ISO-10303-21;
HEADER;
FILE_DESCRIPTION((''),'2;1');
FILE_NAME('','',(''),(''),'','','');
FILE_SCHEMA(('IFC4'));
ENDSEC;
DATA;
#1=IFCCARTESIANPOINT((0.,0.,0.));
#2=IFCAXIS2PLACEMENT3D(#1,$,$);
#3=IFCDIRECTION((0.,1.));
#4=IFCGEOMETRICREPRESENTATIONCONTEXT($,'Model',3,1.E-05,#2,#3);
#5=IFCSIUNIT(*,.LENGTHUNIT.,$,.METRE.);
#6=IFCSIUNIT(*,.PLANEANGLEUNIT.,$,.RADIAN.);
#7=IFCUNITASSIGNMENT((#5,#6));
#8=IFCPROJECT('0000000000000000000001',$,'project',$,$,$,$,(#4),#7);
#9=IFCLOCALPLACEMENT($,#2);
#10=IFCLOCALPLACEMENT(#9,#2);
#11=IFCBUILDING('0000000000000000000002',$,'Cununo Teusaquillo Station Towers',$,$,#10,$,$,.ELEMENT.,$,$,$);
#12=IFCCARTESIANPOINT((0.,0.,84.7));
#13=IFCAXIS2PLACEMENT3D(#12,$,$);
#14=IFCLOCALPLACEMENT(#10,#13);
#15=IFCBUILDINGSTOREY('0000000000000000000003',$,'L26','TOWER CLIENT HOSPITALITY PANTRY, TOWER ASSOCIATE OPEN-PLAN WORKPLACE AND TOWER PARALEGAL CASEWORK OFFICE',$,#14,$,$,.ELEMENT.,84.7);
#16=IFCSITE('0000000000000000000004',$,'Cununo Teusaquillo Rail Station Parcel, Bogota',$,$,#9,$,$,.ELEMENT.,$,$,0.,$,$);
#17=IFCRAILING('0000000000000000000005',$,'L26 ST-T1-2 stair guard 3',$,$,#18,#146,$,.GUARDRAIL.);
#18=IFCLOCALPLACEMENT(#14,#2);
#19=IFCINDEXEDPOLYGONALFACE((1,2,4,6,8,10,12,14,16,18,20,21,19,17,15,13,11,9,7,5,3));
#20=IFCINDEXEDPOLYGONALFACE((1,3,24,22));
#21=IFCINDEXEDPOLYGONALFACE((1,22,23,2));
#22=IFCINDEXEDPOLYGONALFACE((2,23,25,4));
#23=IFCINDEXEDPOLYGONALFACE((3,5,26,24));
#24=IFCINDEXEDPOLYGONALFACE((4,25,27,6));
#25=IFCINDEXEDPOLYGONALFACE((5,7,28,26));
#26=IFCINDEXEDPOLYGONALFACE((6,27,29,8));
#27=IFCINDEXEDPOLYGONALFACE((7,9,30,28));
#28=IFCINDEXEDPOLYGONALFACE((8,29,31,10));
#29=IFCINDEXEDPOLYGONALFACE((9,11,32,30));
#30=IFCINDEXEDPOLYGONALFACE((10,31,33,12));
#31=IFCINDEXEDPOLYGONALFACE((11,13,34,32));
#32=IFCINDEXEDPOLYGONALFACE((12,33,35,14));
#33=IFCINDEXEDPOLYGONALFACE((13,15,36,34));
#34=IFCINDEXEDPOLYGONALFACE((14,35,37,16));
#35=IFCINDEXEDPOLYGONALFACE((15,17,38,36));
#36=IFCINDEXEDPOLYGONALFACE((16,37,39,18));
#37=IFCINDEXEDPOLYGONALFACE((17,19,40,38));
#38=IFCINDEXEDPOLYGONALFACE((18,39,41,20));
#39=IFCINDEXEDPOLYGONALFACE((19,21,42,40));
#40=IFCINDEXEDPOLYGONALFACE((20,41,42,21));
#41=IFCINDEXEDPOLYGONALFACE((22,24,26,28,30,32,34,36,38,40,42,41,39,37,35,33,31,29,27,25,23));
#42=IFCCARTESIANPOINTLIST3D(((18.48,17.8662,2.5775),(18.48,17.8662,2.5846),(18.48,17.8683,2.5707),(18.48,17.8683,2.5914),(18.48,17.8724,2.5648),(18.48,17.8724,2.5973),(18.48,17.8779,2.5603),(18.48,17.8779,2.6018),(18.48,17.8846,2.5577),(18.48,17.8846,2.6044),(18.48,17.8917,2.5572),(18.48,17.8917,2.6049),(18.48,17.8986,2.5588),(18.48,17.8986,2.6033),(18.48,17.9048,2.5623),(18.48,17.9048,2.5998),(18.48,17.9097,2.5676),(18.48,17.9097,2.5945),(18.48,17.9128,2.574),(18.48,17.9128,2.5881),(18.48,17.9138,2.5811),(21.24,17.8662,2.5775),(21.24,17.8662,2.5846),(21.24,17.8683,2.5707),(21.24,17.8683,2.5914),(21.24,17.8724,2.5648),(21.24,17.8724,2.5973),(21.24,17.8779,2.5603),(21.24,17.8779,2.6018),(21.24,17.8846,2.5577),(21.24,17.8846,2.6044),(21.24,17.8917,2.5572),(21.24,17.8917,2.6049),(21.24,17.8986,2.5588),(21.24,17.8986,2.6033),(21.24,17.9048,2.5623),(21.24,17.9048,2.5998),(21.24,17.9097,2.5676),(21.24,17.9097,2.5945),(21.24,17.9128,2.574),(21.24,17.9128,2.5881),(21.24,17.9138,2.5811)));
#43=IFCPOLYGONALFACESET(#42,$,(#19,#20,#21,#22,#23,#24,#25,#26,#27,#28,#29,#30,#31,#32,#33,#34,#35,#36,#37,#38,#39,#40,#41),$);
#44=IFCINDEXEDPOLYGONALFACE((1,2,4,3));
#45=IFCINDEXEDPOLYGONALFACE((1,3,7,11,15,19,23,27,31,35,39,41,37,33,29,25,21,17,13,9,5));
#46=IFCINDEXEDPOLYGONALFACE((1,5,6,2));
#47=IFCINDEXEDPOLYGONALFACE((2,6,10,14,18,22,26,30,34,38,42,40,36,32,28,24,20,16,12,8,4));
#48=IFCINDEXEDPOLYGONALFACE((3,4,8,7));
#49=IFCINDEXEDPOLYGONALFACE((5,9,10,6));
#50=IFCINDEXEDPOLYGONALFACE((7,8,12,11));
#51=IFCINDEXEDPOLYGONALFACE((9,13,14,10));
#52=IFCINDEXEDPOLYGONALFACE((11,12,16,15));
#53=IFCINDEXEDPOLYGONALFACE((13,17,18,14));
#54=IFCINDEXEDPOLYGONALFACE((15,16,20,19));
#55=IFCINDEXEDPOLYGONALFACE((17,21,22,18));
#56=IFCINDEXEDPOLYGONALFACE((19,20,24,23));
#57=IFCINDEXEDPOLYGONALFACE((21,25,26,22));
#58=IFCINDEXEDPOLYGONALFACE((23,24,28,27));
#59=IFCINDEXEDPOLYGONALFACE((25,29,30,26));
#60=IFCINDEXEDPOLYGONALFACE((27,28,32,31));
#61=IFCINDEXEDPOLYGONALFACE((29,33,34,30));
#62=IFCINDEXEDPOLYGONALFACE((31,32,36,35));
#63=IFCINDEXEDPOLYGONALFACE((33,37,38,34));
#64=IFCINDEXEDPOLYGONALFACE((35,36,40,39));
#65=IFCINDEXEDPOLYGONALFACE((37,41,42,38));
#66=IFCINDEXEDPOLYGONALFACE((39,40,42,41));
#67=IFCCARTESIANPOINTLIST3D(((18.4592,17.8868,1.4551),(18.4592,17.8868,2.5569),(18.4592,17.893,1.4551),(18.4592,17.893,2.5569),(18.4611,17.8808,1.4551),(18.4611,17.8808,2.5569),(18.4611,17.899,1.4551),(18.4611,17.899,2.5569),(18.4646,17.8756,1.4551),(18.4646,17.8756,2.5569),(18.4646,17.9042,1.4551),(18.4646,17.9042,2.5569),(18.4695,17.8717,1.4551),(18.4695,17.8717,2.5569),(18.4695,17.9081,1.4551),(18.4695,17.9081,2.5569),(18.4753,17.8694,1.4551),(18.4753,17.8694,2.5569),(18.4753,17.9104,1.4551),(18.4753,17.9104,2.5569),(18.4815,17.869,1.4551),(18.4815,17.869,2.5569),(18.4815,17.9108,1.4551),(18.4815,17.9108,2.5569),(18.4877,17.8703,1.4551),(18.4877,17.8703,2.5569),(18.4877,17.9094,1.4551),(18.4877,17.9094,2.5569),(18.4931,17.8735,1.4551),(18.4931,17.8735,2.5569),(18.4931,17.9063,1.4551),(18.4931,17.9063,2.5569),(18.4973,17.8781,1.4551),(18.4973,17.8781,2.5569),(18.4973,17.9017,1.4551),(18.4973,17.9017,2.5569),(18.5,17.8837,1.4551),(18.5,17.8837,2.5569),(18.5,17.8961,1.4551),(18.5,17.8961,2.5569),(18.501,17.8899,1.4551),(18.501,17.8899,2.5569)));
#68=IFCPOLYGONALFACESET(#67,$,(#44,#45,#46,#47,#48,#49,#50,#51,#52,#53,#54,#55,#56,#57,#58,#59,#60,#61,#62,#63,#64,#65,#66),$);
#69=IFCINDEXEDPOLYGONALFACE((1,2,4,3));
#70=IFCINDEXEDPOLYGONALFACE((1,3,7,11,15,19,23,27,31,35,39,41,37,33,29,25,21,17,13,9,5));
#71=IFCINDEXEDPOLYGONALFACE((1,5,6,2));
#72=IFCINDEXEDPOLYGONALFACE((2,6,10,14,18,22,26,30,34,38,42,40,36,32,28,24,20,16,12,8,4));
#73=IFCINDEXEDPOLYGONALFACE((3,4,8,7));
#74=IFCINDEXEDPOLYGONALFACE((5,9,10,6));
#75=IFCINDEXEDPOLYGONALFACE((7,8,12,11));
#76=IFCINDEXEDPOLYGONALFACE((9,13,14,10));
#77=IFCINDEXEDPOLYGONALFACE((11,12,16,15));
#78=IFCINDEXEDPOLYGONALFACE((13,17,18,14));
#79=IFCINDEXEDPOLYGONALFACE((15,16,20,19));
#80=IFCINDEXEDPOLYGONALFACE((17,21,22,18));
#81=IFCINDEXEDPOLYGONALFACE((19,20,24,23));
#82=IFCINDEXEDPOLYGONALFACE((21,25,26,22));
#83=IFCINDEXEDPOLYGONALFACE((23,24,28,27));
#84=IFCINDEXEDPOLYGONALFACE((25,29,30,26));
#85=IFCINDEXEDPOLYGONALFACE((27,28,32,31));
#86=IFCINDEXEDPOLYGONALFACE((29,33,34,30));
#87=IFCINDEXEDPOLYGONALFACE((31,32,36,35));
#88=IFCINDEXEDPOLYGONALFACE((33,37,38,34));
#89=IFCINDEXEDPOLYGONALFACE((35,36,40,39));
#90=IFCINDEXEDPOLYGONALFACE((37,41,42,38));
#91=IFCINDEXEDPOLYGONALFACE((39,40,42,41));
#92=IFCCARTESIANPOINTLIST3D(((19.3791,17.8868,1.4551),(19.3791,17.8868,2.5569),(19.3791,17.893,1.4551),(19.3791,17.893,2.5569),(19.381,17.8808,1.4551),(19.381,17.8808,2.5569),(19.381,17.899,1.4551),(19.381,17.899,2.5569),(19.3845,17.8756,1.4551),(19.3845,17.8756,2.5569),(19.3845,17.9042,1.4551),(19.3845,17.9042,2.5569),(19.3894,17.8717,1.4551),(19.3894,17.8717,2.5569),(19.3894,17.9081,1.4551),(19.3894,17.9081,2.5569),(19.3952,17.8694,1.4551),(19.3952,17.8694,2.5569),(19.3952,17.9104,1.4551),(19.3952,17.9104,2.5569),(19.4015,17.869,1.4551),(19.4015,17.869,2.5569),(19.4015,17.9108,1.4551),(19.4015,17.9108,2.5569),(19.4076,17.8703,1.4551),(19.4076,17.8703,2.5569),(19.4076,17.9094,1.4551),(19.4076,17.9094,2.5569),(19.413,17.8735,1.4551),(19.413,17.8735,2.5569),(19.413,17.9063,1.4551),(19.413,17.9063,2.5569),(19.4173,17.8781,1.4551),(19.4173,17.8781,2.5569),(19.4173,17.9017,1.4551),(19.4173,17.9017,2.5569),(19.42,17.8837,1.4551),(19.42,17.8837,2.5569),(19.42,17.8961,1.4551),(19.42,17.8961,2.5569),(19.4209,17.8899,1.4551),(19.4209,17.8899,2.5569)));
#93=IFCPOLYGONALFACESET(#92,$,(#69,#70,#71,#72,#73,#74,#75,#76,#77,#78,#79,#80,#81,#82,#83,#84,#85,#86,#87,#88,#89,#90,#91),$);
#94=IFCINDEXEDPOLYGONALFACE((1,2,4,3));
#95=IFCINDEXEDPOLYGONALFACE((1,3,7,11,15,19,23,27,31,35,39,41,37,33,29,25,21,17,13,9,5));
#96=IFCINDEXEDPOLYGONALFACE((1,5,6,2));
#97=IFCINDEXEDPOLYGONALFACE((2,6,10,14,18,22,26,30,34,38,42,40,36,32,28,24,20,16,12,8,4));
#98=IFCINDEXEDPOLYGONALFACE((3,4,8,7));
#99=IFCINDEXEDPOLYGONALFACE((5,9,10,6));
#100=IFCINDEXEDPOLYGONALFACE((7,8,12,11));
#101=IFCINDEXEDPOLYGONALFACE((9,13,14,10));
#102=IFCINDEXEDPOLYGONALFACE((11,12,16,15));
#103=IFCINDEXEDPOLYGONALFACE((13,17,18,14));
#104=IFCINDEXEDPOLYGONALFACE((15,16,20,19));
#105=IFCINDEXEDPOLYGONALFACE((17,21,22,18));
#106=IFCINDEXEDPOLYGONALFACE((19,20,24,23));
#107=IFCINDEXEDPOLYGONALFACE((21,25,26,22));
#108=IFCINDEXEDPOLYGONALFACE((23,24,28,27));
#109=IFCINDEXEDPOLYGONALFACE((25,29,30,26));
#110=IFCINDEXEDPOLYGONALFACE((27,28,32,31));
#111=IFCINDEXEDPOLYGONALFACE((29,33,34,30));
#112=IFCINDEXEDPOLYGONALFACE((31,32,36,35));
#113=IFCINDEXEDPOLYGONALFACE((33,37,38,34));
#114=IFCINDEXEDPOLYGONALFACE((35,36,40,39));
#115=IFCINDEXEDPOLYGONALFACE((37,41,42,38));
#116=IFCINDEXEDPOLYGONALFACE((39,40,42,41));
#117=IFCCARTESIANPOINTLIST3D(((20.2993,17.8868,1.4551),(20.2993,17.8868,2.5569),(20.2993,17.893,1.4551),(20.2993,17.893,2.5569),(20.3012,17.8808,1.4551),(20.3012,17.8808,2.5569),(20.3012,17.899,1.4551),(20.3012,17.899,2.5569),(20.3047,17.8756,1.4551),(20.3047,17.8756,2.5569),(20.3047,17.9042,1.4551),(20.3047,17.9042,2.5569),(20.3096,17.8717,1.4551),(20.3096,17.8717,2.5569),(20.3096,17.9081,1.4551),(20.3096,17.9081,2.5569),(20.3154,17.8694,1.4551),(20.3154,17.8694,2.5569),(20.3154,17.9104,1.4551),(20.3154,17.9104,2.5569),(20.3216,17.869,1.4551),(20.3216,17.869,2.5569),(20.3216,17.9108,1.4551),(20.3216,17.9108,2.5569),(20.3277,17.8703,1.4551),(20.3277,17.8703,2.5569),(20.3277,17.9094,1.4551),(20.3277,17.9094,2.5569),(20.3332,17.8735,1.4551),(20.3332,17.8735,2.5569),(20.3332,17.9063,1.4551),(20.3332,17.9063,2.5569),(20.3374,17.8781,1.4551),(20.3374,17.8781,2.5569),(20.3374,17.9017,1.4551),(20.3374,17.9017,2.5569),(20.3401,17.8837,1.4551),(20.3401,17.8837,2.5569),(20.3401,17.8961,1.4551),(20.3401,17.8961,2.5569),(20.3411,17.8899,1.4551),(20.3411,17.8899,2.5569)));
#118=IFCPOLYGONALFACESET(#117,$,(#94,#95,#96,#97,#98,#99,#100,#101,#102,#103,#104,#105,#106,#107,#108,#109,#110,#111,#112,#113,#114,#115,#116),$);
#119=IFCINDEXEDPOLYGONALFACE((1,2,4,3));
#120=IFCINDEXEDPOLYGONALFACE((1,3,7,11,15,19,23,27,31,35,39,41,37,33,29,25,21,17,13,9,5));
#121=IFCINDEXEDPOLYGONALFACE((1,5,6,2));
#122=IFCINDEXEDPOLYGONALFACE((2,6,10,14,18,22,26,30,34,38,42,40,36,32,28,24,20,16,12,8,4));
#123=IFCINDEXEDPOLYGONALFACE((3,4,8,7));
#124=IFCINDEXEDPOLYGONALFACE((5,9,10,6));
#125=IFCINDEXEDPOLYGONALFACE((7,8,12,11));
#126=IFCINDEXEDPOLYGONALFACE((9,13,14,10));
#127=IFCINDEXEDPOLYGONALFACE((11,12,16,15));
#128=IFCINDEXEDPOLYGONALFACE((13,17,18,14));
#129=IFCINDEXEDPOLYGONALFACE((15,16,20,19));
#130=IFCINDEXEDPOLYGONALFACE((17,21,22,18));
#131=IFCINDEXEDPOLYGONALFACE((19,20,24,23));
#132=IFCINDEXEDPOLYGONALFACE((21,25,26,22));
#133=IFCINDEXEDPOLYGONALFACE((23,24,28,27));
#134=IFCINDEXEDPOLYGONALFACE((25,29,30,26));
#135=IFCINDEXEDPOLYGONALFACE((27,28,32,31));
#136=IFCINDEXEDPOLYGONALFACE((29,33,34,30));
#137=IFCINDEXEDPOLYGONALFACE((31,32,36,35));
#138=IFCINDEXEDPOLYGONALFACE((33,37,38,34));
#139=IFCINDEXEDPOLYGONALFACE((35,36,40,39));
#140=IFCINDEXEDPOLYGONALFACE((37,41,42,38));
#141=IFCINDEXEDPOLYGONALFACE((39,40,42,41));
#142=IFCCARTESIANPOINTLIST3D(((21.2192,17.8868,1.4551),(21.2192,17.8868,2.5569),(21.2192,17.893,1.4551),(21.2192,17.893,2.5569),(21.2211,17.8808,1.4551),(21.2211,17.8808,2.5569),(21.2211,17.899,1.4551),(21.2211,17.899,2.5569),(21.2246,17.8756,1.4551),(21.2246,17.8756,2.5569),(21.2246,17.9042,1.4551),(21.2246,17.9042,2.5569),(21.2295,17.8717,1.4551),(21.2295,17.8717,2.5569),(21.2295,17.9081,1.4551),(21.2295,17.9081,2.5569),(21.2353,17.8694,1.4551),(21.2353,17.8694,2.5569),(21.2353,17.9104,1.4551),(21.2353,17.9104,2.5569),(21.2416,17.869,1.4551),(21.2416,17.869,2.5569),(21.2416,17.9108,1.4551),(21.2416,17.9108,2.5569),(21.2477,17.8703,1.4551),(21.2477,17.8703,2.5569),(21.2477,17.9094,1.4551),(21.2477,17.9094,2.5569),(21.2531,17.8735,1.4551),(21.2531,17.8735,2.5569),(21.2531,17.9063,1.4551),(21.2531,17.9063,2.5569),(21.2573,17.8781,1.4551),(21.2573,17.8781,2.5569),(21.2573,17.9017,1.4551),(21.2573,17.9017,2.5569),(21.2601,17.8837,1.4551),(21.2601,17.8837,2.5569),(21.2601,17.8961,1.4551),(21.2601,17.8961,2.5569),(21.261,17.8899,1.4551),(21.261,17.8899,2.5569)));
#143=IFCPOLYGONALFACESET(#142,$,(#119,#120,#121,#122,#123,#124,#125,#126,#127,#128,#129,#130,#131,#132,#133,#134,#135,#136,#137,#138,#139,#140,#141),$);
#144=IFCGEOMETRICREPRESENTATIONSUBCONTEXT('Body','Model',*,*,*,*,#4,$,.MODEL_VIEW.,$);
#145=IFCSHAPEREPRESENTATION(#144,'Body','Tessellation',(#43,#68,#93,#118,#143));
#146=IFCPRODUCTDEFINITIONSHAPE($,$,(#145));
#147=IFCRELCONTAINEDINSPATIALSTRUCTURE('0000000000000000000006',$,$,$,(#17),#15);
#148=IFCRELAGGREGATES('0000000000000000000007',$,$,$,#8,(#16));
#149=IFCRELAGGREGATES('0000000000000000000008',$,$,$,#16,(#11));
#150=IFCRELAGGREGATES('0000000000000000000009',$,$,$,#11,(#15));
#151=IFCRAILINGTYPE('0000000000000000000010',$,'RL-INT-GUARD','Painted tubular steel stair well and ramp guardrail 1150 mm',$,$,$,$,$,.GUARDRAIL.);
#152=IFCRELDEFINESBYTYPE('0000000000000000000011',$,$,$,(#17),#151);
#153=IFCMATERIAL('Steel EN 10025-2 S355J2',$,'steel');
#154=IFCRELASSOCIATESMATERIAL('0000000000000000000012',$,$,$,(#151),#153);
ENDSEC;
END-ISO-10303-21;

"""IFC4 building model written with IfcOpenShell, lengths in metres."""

from ifc_helpers import new_model, si_unit, direction, frame, origin, origin_2d, place, context, subcontext, project, spatial, circle, extrude, material, type_object, element, save


model = new_model("IFC4")

# Units and contexts
model_context = context("Model", 3, precision=1e-05, world=origin(), true_north=direction((0.0, 1.0)))
body_context = subcontext(model_context, "Body", "Model", "MODEL_VIEW")
ifc_project = project(units=[si_unit("LENGTHUNIT", "METRE"), si_unit("PLANEANGLEUNIT", "RADIAN")], contexts=[model_context])

# Site, building, storey
site_placement = place(None, origin())
site = spatial("IfcSite", under=ifc_project, at=site_placement, Name="Cununo Teusaquillo Rail Station Parcel, Bogota", CompositionType="ELEMENT", RefElevation=0.0)
building_placement = place(site_placement, origin())
building = spatial("IfcBuilding", under=site, at=building_placement, Name="Cununo Teusaquillo Station Towers", CompositionType="ELEMENT")
storey_placement = place(building_placement, frame((0.0, 0.0, 84.7)))
storey = spatial("IfcBuildingStorey", under=building, at=storey_placement, Name="L26", Description="TOWER CLIENT HOSPITALITY PANTRY, TOWER ASSOCIATE OPEN-PLAN WORKPLACE AND TOWER PARALEGAL CASEWORK OFFICE", CompositionType="ELEMENT", Elevation=84.7)

# Railing
ifc_material_1 = material(Name="Steel EN 10025-2 S355J2", Category="steel")
railing_type_1 = type_object("IfcRailingType", Name="RL-INT-GUARD", Description="Painted tubular steel stair well and ramp guardrail 1150 mm", PredefinedType="GUARDRAIL", material=ifc_material_1)
railing_1_placement = place(storey_placement, frame((18.48, 17.8899, 1.4551)))
element("IfcRailing", 1, at=railing_1_placement, inside=storey, type_object=railing_type_1, Name="L26 ST-T1-2 stair guard 3", PredefinedType="GUARDRAIL", context=body_context, shape_type="SweptSolid", body=[
    extrude(circle(Radius=0.0239, at=origin_2d()), frame((0.0, 0.0, 1.126), z_axis=(1.0, 0.0, 0.0), x_axis=(0.0, 1.0, 0.0)), (0.0, 0.0, 1.0), 2.76),
    extrude(circle(Radius=0.021, at=origin_2d()), origin(), (0.0, 0.0, 1.0), 1.1018),
    extrude(circle(Radius=0.021, at=origin_2d()), frame((0.9199, 0.0, 0.0)), (0.0, 0.0, 1.0), 1.1018),
    extrude(circle(Radius=0.021, at=origin_2d()), frame((1.8401, 0.0, 0.0)), (0.0, 0.0, 1.0), 1.1018),
    extrude(circle(Radius=0.021, at=origin_2d()), frame((2.76, 0.0, 0.0)), (0.0, 0.0, 1.0), 1.1018),
])

save(model, "model.ifc")
